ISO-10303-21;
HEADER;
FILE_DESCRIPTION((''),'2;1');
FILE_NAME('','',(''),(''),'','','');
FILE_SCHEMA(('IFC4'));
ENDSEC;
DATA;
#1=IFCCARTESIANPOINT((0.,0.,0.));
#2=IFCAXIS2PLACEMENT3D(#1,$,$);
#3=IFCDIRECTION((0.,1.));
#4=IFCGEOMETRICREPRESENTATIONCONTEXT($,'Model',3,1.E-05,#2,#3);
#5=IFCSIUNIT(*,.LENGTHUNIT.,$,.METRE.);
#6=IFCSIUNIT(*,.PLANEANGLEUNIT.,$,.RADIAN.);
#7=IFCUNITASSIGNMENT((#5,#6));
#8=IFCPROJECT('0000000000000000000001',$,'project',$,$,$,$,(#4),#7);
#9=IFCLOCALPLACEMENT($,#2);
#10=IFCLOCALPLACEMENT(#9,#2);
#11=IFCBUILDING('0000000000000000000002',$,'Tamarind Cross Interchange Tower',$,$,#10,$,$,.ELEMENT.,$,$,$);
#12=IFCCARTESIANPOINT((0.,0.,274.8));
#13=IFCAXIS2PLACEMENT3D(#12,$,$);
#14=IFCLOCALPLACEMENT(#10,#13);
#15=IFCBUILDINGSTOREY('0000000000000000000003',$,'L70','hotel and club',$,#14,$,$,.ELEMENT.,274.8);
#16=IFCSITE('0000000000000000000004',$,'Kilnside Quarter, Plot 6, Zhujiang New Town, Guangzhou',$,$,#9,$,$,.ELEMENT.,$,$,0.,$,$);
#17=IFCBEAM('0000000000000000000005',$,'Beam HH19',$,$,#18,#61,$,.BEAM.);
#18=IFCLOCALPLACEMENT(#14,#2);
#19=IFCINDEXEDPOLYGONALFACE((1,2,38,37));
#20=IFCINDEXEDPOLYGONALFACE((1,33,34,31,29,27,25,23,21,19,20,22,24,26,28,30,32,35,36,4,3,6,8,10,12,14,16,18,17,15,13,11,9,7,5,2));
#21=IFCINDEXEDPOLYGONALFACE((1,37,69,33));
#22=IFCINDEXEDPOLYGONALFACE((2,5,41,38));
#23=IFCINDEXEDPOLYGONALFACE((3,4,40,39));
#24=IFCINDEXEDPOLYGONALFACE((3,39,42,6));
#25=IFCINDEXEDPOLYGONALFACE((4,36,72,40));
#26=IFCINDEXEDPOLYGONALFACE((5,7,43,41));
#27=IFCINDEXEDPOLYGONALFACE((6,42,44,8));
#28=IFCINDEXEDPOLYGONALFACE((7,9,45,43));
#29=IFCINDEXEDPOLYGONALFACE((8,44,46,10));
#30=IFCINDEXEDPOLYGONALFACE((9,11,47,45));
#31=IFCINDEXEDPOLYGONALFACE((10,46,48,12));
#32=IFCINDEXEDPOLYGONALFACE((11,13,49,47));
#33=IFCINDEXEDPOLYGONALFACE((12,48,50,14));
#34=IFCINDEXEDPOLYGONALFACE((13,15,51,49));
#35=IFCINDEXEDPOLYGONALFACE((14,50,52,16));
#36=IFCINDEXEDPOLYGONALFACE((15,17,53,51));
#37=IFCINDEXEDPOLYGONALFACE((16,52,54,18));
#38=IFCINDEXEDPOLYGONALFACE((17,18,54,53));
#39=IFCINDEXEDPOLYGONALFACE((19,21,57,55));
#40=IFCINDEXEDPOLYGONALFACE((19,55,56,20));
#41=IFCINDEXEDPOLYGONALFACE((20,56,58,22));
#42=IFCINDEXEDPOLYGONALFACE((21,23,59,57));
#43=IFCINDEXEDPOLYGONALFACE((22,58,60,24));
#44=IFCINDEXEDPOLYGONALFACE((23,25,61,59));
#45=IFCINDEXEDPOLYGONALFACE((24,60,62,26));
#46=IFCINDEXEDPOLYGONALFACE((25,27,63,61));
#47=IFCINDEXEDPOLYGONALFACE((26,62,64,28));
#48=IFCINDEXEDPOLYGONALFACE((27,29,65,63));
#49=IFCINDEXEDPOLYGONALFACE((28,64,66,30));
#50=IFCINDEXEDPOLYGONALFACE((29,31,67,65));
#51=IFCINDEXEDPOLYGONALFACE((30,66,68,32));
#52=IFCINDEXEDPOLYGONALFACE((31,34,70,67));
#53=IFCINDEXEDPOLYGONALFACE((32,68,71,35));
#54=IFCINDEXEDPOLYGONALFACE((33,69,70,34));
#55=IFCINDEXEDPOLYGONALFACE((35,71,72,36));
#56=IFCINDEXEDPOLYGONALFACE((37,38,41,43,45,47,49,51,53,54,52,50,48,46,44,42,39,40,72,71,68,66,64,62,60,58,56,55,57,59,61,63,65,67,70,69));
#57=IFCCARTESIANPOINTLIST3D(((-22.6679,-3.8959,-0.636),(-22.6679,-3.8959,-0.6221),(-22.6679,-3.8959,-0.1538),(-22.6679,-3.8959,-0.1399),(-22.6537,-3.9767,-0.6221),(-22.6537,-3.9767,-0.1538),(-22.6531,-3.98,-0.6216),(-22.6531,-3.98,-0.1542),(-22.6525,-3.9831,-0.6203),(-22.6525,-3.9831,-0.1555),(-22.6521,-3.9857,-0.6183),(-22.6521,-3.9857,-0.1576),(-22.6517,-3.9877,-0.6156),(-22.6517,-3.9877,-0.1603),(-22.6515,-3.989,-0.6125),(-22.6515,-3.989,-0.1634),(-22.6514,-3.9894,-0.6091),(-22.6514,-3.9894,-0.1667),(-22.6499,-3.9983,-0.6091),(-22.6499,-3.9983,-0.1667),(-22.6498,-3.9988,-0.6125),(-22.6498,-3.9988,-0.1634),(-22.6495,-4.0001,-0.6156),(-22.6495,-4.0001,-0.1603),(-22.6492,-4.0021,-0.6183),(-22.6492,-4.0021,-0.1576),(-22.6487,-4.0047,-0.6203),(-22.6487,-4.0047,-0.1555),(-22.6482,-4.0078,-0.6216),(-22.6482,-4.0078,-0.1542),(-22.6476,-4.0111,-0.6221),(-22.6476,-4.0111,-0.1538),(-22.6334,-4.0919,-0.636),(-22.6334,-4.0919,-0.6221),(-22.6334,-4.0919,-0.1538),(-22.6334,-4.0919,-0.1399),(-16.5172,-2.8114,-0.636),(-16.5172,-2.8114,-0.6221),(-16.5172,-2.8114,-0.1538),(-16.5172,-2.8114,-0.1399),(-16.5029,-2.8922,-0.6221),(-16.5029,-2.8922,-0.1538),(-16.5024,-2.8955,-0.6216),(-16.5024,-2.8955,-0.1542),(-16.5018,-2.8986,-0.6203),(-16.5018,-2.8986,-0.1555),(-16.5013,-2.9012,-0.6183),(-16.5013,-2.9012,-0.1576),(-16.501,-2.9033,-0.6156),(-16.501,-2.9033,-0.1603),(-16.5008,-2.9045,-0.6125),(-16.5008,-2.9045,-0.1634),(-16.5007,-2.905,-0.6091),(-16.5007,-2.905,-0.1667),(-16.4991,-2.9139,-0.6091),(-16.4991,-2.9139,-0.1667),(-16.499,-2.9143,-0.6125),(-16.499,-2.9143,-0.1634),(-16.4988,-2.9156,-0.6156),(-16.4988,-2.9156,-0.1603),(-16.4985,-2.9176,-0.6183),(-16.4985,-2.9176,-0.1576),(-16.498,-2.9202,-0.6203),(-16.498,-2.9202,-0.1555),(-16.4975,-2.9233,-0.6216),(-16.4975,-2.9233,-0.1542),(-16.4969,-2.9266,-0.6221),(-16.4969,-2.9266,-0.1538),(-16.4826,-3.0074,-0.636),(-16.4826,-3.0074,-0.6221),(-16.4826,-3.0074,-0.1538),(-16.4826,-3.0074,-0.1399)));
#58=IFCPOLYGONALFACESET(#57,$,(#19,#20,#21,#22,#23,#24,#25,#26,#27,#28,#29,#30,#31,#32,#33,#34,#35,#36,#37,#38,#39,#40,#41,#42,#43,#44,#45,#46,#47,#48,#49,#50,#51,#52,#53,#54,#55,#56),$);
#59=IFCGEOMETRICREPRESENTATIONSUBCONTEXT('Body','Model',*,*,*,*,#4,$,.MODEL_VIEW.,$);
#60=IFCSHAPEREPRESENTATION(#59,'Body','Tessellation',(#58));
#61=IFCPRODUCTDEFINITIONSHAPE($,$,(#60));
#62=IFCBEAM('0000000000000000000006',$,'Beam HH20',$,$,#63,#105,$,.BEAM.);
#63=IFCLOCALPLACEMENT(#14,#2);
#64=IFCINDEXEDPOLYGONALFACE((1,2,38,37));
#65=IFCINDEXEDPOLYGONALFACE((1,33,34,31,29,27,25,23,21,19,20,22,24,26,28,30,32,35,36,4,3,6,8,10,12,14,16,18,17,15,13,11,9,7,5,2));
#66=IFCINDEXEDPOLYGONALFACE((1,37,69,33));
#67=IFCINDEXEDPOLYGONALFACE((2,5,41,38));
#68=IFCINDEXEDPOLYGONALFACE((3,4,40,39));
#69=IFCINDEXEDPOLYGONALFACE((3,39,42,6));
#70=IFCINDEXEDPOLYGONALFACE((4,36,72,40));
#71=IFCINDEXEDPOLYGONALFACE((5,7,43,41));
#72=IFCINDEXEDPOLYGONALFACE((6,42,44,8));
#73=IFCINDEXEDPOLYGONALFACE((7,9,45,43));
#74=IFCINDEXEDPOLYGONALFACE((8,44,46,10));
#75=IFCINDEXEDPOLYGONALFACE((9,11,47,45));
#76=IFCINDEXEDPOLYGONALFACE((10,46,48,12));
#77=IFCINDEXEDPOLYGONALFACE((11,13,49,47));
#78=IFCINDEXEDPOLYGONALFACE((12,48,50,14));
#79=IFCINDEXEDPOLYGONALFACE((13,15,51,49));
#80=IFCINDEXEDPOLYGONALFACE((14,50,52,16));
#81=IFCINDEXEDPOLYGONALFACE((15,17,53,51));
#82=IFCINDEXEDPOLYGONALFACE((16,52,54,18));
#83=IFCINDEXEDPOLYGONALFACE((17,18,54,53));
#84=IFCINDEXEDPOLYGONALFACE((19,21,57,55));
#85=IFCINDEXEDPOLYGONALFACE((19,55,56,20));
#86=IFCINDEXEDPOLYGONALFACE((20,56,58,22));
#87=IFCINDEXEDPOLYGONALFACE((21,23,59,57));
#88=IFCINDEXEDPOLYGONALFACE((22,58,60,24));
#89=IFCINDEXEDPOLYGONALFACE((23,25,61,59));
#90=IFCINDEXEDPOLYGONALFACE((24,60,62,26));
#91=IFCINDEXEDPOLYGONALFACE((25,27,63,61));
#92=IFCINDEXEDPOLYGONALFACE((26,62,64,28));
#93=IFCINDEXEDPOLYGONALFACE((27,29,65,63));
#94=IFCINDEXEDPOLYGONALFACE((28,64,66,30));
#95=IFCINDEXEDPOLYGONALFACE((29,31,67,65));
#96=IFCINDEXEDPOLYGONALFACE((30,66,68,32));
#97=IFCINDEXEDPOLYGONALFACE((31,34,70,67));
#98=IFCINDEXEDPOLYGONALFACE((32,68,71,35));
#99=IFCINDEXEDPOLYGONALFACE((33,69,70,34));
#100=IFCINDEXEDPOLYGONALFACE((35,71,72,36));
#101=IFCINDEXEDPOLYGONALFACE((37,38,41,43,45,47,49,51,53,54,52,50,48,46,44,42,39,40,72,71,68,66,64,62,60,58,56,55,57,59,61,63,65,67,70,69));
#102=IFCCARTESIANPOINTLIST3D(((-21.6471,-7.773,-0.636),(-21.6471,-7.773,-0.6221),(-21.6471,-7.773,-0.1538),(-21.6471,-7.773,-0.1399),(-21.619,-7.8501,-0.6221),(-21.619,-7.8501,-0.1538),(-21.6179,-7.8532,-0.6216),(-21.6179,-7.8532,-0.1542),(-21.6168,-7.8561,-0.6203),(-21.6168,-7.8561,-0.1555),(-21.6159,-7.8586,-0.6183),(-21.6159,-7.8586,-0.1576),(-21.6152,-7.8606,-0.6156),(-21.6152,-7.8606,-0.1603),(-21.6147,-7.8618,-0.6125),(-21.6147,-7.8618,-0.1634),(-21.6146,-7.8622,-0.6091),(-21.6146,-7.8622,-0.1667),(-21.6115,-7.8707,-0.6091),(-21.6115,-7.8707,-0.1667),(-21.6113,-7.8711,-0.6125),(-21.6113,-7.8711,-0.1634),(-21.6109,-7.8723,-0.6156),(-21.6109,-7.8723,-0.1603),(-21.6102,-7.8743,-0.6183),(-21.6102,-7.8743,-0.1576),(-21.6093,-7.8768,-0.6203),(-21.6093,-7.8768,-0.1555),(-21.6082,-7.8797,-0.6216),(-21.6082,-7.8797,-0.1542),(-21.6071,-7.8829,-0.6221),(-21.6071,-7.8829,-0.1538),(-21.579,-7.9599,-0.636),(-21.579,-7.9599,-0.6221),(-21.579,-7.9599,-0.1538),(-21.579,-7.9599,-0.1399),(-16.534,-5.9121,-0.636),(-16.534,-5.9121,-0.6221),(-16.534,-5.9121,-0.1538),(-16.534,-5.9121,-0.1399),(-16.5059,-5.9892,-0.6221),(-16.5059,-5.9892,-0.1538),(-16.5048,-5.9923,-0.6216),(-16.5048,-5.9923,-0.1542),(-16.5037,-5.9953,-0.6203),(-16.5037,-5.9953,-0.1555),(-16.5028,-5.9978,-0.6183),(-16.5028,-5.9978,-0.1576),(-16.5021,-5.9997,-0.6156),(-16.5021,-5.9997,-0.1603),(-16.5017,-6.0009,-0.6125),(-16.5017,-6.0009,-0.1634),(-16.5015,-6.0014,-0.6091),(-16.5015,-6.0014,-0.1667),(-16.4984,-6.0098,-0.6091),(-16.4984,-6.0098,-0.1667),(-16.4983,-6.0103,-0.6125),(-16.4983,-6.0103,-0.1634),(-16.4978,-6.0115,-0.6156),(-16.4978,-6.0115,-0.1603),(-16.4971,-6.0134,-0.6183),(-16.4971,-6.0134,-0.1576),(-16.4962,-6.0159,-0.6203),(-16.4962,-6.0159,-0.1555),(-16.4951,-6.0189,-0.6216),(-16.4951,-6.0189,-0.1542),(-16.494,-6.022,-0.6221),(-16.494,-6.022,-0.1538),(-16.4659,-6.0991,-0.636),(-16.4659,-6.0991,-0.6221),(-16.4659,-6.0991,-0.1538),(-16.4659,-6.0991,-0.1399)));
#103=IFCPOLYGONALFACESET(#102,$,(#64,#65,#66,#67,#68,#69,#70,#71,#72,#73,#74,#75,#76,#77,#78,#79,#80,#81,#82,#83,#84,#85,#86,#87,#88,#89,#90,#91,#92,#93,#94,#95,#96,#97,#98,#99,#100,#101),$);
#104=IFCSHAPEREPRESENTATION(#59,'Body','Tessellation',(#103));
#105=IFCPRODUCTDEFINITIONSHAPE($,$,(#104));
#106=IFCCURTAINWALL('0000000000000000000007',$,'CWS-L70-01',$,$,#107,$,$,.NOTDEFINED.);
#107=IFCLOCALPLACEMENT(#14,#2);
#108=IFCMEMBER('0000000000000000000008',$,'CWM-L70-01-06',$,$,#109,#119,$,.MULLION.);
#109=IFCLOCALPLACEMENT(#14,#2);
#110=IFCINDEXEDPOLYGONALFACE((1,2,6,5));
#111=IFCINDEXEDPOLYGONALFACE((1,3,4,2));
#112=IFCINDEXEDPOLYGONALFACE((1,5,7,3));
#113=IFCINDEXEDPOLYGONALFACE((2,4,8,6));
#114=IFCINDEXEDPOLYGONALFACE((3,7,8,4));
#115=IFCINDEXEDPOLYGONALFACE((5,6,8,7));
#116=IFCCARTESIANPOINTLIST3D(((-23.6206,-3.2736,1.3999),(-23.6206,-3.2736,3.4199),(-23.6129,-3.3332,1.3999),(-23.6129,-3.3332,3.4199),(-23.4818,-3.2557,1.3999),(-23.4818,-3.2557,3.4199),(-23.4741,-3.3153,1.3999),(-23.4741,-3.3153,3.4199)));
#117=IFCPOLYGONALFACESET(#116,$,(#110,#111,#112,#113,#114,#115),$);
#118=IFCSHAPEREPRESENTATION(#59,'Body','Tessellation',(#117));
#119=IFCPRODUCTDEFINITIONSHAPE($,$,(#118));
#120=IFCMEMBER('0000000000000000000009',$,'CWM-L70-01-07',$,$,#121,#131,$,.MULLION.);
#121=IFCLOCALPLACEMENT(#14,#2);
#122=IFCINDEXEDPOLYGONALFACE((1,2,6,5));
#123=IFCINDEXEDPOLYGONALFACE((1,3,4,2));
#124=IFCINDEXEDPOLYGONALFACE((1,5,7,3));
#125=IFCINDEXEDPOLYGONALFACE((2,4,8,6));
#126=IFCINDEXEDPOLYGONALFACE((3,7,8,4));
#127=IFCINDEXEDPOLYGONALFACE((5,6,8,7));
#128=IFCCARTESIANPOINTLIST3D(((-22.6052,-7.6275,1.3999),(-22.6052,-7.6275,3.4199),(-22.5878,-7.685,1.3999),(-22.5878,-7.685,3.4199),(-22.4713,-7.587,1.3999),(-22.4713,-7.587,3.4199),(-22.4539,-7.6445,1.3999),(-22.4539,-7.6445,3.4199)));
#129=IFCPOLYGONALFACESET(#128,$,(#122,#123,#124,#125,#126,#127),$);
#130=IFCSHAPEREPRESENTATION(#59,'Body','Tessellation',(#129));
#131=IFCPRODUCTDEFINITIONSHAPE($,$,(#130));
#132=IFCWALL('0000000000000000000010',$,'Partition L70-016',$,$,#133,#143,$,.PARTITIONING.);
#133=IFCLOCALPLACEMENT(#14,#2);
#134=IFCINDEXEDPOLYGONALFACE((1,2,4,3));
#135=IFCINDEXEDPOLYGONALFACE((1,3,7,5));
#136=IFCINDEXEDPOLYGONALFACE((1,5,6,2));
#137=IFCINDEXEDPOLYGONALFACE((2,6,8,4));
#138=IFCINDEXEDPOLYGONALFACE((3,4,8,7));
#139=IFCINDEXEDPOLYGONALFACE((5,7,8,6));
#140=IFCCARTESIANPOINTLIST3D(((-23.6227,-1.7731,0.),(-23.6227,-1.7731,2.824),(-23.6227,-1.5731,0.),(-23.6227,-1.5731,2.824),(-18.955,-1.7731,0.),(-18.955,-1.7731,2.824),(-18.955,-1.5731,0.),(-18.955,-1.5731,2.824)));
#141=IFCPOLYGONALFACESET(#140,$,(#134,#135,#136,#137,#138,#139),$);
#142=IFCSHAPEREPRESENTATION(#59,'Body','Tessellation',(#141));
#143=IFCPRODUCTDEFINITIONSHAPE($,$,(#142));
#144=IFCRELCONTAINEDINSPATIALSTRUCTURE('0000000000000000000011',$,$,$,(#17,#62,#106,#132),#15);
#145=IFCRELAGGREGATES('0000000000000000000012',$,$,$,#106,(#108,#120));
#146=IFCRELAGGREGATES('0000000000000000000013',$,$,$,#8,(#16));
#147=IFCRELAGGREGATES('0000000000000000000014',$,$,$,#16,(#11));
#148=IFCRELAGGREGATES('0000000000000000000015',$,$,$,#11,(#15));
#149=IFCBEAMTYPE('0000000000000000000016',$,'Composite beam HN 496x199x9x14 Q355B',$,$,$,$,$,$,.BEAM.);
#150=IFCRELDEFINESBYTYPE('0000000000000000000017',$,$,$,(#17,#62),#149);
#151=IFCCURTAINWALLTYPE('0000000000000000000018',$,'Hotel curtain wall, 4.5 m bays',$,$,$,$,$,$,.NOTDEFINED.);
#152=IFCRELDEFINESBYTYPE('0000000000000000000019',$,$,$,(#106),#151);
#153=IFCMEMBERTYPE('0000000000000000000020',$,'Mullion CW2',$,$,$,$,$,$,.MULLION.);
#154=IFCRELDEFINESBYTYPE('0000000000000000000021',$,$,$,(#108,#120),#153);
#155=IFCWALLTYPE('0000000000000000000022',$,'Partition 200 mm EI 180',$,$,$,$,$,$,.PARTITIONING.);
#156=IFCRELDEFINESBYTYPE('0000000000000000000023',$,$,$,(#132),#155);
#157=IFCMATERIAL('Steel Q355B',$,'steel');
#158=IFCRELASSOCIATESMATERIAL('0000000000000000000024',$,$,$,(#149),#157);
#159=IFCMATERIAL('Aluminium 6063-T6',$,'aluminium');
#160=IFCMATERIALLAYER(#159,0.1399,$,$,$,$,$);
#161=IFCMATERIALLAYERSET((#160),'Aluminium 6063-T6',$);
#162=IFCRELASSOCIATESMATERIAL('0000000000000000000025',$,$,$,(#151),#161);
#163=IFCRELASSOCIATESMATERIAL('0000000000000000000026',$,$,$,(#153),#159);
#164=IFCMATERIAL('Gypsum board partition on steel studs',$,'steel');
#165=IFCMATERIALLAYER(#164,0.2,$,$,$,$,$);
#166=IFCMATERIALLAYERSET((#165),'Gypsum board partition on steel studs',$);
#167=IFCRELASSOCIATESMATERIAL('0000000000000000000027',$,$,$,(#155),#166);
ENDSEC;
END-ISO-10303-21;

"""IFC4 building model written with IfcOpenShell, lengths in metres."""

from ifc_helpers import new_model, si_unit, direction, frame, frame_2d, origin, origin_2d, place, context, subcontext, project, spatial, rectangle, i_section, extrude, material, layer, layer_set, material_profile, profile_set, type_object, element, aggregate, save


model = new_model("IFC4")

# Units and contexts
model_context = context("Model", 3, precision=1e-05, world=origin(), true_north=direction((0.0, 1.0)))
body_context = subcontext(model_context, "Body", "Model", "MODEL_VIEW")
ifc_project = project(units=[si_unit("LENGTHUNIT", "METRE"), si_unit("PLANEANGLEUNIT", "RADIAN")], contexts=[model_context])

# Site, building, storey
site_placement = place(None, origin())
site = spatial("IfcSite", under=ifc_project, at=site_placement, Name="Kilnside Quarter, Plot 6, Zhujiang New Town, Guangzhou", CompositionType="ELEMENT", RefElevation=0.0)
building_placement = place(site_placement, origin())
building = spatial("IfcBuilding", under=site, at=building_placement, Name="Tamarind Cross Interchange Tower", CompositionType="ELEMENT")
storey_placement = place(building_placement, frame((0.0, 0.0, 274.8)))
storey = spatial("IfcBuildingStorey", under=building, at=storey_placement, Name="L70", Description="hotel and club", CompositionType="ELEMENT", Elevation=274.8)

# Beams
ifc_material_1 = material(Name="Steel Q355B", Category="steel")
ifc_material_profile_1 = material_profile(ifc_material_1, i_section(OverallWidth=0.199, OverallDepth=0.4961, WebThickness=0.009, FlangeThickness=0.0139, FilletRadius=0.0129, at=origin_2d()), Name="HN 496x199x9x14")
ifc_profile_set_1 = profile_set([ifc_material_profile_1], Name="Steel Q355B")
beam_type = type_object("IfcBeamType", Name="Composite beam HN 496x199x9x14 Q355B", PredefinedType="BEAM", material=ifc_profile_set_1)
beam_1_placement = place(storey_placement, frame((-22.6506, -3.9939, -0.3879), z_axis=(0.984809, 0.17364, 0.0), x_axis=(-0.17364, 0.984809, 0.0)))
element("IfcBeam", 1, at=beam_1_placement, inside=storey, type_object=beam_type, Name="Beam HH19", PredefinedType="BEAM", context=body_context, shape_type="SweptSolid", body=[
    extrude(i_section(OverallWidth=0.199, OverallDepth=0.4961, WebThickness=0.009, FlangeThickness=0.0139, FilletRadius=0.0129, at=origin_2d()), origin(), (0.0, 0.0, 1.0), 6.2456),
])
beam_2_placement = place(storey_placement, frame((-21.613, -7.8665, -0.3879), z_axis=(0.939702, 0.341995, 0.0), x_axis=(-0.341995, 0.939702, 0.0)))
element("IfcBeam", 2, at=beam_2_placement, inside=storey, type_object=beam_type, Name="Beam HH20", PredefinedType="BEAM", context=body_context, shape_type="SweptSolid", body=[
    extrude(i_section(OverallWidth=0.199, OverallDepth=0.4961, WebThickness=0.009, FlangeThickness=0.0139, FilletRadius=0.0129, at=origin_2d()), origin(), (0.0, 0.0, 1.0), 5.4412),
])

# Curtain wall, members
ifc_material_2 = material(Name="Aluminium 6063-T6", Category="aluminium")
ifc_layer_1 = layer(ifc_material_2, 0.1399)
ifc_layer_set_1 = layer_set([ifc_layer_1], Name="Aluminium 6063-T6")
curtain_wall_type = type_object("IfcCurtainWallType", Name="Hotel curtain wall, 4.5 m bays", PredefinedType="NOTDEFINED", material=ifc_layer_set_1)
curtain_wall_placement = place(storey_placement, origin())
curtain_wall = element("IfcCurtainWall", 3, at=curtain_wall_placement, inside=storey, type_object=curtain_wall_type, Name="CWS-L70-01", PredefinedType="NOTDEFINED")
ifc_material_profile_2 = material_profile(ifc_material_2, rectangle(XDim=0.0601, YDim=0.1399, at=origin_2d()), Name="Mullion CW2")
ifc_profile_set_2 = profile_set([ifc_material_profile_2], Name="Aluminium 6063-T6")
member_type = type_object("IfcMemberType", Name="Mullion CW2", PredefinedType="MULLION", material=ifc_profile_set_2)
member_1_placement = place(storey_placement, frame((-23.5474, -3.2944, 1.3999), z_axis=(0.0, 0.0, 1.0), x_axis=(0.127962, -0.991779, 0.0)))
member_1 = element("IfcMember", 4, at=member_1_placement, type_object=member_type, Name="CWM-L70-01-06", PredefinedType="MULLION", context=body_context, shape_type="SweptSolid", body=[
    extrude(rectangle(XDim=0.0601, YDim=0.1399, at=origin_2d()), origin(), (0.0, 0.0, 1.0), 2.02),
])
member_2_placement = place(storey_placement, frame((-22.5295, -7.636, 1.3999), z_axis=(0.0, 0.0, 1.0), x_axis=(0.289458, -0.957191, 0.0)))
member_2 = element("IfcMember", 5, at=member_2_placement, type_object=member_type, Name="CWM-L70-01-07", PredefinedType="MULLION", context=body_context, shape_type="SweptSolid", body=[
    extrude(rectangle(XDim=0.0601, YDim=0.1399, at=origin_2d()), origin(), (0.0, 0.0, 1.0), 2.02),
])
aggregate(curtain_wall, [member_1, member_2])

# Wall
ifc_material_3 = material(Name="Gypsum board partition on steel studs", Category="steel")
ifc_layer_2 = layer(ifc_material_3, 0.2)
ifc_layer_set_2 = layer_set([ifc_layer_2], Name="Gypsum board partition on steel studs")
wall_type = type_object("IfcWallType", Name="Partition 200 mm EI 180", PredefinedType="PARTITIONING", material=ifc_layer_set_2)
wall_placement = place(storey_placement, frame((-23.6228, -1.6731, 0.0), z_axis=(0.0, 0.0, 1.0), x_axis=(1.0, 0.0, 0.0)))
element("IfcWall", 6, at=wall_placement, inside=storey, type_object=wall_type, Name="Partition L70-016", PredefinedType="PARTITIONING", context=body_context, shape_type="SweptSolid", body=[
    extrude(rectangle(XDim=4.6677, YDim=0.2, at=frame_2d((2.334, 0.0))), origin(), (0.0, 0.0, 1.0), 2.824),
])

save(model, "model.ifc")
